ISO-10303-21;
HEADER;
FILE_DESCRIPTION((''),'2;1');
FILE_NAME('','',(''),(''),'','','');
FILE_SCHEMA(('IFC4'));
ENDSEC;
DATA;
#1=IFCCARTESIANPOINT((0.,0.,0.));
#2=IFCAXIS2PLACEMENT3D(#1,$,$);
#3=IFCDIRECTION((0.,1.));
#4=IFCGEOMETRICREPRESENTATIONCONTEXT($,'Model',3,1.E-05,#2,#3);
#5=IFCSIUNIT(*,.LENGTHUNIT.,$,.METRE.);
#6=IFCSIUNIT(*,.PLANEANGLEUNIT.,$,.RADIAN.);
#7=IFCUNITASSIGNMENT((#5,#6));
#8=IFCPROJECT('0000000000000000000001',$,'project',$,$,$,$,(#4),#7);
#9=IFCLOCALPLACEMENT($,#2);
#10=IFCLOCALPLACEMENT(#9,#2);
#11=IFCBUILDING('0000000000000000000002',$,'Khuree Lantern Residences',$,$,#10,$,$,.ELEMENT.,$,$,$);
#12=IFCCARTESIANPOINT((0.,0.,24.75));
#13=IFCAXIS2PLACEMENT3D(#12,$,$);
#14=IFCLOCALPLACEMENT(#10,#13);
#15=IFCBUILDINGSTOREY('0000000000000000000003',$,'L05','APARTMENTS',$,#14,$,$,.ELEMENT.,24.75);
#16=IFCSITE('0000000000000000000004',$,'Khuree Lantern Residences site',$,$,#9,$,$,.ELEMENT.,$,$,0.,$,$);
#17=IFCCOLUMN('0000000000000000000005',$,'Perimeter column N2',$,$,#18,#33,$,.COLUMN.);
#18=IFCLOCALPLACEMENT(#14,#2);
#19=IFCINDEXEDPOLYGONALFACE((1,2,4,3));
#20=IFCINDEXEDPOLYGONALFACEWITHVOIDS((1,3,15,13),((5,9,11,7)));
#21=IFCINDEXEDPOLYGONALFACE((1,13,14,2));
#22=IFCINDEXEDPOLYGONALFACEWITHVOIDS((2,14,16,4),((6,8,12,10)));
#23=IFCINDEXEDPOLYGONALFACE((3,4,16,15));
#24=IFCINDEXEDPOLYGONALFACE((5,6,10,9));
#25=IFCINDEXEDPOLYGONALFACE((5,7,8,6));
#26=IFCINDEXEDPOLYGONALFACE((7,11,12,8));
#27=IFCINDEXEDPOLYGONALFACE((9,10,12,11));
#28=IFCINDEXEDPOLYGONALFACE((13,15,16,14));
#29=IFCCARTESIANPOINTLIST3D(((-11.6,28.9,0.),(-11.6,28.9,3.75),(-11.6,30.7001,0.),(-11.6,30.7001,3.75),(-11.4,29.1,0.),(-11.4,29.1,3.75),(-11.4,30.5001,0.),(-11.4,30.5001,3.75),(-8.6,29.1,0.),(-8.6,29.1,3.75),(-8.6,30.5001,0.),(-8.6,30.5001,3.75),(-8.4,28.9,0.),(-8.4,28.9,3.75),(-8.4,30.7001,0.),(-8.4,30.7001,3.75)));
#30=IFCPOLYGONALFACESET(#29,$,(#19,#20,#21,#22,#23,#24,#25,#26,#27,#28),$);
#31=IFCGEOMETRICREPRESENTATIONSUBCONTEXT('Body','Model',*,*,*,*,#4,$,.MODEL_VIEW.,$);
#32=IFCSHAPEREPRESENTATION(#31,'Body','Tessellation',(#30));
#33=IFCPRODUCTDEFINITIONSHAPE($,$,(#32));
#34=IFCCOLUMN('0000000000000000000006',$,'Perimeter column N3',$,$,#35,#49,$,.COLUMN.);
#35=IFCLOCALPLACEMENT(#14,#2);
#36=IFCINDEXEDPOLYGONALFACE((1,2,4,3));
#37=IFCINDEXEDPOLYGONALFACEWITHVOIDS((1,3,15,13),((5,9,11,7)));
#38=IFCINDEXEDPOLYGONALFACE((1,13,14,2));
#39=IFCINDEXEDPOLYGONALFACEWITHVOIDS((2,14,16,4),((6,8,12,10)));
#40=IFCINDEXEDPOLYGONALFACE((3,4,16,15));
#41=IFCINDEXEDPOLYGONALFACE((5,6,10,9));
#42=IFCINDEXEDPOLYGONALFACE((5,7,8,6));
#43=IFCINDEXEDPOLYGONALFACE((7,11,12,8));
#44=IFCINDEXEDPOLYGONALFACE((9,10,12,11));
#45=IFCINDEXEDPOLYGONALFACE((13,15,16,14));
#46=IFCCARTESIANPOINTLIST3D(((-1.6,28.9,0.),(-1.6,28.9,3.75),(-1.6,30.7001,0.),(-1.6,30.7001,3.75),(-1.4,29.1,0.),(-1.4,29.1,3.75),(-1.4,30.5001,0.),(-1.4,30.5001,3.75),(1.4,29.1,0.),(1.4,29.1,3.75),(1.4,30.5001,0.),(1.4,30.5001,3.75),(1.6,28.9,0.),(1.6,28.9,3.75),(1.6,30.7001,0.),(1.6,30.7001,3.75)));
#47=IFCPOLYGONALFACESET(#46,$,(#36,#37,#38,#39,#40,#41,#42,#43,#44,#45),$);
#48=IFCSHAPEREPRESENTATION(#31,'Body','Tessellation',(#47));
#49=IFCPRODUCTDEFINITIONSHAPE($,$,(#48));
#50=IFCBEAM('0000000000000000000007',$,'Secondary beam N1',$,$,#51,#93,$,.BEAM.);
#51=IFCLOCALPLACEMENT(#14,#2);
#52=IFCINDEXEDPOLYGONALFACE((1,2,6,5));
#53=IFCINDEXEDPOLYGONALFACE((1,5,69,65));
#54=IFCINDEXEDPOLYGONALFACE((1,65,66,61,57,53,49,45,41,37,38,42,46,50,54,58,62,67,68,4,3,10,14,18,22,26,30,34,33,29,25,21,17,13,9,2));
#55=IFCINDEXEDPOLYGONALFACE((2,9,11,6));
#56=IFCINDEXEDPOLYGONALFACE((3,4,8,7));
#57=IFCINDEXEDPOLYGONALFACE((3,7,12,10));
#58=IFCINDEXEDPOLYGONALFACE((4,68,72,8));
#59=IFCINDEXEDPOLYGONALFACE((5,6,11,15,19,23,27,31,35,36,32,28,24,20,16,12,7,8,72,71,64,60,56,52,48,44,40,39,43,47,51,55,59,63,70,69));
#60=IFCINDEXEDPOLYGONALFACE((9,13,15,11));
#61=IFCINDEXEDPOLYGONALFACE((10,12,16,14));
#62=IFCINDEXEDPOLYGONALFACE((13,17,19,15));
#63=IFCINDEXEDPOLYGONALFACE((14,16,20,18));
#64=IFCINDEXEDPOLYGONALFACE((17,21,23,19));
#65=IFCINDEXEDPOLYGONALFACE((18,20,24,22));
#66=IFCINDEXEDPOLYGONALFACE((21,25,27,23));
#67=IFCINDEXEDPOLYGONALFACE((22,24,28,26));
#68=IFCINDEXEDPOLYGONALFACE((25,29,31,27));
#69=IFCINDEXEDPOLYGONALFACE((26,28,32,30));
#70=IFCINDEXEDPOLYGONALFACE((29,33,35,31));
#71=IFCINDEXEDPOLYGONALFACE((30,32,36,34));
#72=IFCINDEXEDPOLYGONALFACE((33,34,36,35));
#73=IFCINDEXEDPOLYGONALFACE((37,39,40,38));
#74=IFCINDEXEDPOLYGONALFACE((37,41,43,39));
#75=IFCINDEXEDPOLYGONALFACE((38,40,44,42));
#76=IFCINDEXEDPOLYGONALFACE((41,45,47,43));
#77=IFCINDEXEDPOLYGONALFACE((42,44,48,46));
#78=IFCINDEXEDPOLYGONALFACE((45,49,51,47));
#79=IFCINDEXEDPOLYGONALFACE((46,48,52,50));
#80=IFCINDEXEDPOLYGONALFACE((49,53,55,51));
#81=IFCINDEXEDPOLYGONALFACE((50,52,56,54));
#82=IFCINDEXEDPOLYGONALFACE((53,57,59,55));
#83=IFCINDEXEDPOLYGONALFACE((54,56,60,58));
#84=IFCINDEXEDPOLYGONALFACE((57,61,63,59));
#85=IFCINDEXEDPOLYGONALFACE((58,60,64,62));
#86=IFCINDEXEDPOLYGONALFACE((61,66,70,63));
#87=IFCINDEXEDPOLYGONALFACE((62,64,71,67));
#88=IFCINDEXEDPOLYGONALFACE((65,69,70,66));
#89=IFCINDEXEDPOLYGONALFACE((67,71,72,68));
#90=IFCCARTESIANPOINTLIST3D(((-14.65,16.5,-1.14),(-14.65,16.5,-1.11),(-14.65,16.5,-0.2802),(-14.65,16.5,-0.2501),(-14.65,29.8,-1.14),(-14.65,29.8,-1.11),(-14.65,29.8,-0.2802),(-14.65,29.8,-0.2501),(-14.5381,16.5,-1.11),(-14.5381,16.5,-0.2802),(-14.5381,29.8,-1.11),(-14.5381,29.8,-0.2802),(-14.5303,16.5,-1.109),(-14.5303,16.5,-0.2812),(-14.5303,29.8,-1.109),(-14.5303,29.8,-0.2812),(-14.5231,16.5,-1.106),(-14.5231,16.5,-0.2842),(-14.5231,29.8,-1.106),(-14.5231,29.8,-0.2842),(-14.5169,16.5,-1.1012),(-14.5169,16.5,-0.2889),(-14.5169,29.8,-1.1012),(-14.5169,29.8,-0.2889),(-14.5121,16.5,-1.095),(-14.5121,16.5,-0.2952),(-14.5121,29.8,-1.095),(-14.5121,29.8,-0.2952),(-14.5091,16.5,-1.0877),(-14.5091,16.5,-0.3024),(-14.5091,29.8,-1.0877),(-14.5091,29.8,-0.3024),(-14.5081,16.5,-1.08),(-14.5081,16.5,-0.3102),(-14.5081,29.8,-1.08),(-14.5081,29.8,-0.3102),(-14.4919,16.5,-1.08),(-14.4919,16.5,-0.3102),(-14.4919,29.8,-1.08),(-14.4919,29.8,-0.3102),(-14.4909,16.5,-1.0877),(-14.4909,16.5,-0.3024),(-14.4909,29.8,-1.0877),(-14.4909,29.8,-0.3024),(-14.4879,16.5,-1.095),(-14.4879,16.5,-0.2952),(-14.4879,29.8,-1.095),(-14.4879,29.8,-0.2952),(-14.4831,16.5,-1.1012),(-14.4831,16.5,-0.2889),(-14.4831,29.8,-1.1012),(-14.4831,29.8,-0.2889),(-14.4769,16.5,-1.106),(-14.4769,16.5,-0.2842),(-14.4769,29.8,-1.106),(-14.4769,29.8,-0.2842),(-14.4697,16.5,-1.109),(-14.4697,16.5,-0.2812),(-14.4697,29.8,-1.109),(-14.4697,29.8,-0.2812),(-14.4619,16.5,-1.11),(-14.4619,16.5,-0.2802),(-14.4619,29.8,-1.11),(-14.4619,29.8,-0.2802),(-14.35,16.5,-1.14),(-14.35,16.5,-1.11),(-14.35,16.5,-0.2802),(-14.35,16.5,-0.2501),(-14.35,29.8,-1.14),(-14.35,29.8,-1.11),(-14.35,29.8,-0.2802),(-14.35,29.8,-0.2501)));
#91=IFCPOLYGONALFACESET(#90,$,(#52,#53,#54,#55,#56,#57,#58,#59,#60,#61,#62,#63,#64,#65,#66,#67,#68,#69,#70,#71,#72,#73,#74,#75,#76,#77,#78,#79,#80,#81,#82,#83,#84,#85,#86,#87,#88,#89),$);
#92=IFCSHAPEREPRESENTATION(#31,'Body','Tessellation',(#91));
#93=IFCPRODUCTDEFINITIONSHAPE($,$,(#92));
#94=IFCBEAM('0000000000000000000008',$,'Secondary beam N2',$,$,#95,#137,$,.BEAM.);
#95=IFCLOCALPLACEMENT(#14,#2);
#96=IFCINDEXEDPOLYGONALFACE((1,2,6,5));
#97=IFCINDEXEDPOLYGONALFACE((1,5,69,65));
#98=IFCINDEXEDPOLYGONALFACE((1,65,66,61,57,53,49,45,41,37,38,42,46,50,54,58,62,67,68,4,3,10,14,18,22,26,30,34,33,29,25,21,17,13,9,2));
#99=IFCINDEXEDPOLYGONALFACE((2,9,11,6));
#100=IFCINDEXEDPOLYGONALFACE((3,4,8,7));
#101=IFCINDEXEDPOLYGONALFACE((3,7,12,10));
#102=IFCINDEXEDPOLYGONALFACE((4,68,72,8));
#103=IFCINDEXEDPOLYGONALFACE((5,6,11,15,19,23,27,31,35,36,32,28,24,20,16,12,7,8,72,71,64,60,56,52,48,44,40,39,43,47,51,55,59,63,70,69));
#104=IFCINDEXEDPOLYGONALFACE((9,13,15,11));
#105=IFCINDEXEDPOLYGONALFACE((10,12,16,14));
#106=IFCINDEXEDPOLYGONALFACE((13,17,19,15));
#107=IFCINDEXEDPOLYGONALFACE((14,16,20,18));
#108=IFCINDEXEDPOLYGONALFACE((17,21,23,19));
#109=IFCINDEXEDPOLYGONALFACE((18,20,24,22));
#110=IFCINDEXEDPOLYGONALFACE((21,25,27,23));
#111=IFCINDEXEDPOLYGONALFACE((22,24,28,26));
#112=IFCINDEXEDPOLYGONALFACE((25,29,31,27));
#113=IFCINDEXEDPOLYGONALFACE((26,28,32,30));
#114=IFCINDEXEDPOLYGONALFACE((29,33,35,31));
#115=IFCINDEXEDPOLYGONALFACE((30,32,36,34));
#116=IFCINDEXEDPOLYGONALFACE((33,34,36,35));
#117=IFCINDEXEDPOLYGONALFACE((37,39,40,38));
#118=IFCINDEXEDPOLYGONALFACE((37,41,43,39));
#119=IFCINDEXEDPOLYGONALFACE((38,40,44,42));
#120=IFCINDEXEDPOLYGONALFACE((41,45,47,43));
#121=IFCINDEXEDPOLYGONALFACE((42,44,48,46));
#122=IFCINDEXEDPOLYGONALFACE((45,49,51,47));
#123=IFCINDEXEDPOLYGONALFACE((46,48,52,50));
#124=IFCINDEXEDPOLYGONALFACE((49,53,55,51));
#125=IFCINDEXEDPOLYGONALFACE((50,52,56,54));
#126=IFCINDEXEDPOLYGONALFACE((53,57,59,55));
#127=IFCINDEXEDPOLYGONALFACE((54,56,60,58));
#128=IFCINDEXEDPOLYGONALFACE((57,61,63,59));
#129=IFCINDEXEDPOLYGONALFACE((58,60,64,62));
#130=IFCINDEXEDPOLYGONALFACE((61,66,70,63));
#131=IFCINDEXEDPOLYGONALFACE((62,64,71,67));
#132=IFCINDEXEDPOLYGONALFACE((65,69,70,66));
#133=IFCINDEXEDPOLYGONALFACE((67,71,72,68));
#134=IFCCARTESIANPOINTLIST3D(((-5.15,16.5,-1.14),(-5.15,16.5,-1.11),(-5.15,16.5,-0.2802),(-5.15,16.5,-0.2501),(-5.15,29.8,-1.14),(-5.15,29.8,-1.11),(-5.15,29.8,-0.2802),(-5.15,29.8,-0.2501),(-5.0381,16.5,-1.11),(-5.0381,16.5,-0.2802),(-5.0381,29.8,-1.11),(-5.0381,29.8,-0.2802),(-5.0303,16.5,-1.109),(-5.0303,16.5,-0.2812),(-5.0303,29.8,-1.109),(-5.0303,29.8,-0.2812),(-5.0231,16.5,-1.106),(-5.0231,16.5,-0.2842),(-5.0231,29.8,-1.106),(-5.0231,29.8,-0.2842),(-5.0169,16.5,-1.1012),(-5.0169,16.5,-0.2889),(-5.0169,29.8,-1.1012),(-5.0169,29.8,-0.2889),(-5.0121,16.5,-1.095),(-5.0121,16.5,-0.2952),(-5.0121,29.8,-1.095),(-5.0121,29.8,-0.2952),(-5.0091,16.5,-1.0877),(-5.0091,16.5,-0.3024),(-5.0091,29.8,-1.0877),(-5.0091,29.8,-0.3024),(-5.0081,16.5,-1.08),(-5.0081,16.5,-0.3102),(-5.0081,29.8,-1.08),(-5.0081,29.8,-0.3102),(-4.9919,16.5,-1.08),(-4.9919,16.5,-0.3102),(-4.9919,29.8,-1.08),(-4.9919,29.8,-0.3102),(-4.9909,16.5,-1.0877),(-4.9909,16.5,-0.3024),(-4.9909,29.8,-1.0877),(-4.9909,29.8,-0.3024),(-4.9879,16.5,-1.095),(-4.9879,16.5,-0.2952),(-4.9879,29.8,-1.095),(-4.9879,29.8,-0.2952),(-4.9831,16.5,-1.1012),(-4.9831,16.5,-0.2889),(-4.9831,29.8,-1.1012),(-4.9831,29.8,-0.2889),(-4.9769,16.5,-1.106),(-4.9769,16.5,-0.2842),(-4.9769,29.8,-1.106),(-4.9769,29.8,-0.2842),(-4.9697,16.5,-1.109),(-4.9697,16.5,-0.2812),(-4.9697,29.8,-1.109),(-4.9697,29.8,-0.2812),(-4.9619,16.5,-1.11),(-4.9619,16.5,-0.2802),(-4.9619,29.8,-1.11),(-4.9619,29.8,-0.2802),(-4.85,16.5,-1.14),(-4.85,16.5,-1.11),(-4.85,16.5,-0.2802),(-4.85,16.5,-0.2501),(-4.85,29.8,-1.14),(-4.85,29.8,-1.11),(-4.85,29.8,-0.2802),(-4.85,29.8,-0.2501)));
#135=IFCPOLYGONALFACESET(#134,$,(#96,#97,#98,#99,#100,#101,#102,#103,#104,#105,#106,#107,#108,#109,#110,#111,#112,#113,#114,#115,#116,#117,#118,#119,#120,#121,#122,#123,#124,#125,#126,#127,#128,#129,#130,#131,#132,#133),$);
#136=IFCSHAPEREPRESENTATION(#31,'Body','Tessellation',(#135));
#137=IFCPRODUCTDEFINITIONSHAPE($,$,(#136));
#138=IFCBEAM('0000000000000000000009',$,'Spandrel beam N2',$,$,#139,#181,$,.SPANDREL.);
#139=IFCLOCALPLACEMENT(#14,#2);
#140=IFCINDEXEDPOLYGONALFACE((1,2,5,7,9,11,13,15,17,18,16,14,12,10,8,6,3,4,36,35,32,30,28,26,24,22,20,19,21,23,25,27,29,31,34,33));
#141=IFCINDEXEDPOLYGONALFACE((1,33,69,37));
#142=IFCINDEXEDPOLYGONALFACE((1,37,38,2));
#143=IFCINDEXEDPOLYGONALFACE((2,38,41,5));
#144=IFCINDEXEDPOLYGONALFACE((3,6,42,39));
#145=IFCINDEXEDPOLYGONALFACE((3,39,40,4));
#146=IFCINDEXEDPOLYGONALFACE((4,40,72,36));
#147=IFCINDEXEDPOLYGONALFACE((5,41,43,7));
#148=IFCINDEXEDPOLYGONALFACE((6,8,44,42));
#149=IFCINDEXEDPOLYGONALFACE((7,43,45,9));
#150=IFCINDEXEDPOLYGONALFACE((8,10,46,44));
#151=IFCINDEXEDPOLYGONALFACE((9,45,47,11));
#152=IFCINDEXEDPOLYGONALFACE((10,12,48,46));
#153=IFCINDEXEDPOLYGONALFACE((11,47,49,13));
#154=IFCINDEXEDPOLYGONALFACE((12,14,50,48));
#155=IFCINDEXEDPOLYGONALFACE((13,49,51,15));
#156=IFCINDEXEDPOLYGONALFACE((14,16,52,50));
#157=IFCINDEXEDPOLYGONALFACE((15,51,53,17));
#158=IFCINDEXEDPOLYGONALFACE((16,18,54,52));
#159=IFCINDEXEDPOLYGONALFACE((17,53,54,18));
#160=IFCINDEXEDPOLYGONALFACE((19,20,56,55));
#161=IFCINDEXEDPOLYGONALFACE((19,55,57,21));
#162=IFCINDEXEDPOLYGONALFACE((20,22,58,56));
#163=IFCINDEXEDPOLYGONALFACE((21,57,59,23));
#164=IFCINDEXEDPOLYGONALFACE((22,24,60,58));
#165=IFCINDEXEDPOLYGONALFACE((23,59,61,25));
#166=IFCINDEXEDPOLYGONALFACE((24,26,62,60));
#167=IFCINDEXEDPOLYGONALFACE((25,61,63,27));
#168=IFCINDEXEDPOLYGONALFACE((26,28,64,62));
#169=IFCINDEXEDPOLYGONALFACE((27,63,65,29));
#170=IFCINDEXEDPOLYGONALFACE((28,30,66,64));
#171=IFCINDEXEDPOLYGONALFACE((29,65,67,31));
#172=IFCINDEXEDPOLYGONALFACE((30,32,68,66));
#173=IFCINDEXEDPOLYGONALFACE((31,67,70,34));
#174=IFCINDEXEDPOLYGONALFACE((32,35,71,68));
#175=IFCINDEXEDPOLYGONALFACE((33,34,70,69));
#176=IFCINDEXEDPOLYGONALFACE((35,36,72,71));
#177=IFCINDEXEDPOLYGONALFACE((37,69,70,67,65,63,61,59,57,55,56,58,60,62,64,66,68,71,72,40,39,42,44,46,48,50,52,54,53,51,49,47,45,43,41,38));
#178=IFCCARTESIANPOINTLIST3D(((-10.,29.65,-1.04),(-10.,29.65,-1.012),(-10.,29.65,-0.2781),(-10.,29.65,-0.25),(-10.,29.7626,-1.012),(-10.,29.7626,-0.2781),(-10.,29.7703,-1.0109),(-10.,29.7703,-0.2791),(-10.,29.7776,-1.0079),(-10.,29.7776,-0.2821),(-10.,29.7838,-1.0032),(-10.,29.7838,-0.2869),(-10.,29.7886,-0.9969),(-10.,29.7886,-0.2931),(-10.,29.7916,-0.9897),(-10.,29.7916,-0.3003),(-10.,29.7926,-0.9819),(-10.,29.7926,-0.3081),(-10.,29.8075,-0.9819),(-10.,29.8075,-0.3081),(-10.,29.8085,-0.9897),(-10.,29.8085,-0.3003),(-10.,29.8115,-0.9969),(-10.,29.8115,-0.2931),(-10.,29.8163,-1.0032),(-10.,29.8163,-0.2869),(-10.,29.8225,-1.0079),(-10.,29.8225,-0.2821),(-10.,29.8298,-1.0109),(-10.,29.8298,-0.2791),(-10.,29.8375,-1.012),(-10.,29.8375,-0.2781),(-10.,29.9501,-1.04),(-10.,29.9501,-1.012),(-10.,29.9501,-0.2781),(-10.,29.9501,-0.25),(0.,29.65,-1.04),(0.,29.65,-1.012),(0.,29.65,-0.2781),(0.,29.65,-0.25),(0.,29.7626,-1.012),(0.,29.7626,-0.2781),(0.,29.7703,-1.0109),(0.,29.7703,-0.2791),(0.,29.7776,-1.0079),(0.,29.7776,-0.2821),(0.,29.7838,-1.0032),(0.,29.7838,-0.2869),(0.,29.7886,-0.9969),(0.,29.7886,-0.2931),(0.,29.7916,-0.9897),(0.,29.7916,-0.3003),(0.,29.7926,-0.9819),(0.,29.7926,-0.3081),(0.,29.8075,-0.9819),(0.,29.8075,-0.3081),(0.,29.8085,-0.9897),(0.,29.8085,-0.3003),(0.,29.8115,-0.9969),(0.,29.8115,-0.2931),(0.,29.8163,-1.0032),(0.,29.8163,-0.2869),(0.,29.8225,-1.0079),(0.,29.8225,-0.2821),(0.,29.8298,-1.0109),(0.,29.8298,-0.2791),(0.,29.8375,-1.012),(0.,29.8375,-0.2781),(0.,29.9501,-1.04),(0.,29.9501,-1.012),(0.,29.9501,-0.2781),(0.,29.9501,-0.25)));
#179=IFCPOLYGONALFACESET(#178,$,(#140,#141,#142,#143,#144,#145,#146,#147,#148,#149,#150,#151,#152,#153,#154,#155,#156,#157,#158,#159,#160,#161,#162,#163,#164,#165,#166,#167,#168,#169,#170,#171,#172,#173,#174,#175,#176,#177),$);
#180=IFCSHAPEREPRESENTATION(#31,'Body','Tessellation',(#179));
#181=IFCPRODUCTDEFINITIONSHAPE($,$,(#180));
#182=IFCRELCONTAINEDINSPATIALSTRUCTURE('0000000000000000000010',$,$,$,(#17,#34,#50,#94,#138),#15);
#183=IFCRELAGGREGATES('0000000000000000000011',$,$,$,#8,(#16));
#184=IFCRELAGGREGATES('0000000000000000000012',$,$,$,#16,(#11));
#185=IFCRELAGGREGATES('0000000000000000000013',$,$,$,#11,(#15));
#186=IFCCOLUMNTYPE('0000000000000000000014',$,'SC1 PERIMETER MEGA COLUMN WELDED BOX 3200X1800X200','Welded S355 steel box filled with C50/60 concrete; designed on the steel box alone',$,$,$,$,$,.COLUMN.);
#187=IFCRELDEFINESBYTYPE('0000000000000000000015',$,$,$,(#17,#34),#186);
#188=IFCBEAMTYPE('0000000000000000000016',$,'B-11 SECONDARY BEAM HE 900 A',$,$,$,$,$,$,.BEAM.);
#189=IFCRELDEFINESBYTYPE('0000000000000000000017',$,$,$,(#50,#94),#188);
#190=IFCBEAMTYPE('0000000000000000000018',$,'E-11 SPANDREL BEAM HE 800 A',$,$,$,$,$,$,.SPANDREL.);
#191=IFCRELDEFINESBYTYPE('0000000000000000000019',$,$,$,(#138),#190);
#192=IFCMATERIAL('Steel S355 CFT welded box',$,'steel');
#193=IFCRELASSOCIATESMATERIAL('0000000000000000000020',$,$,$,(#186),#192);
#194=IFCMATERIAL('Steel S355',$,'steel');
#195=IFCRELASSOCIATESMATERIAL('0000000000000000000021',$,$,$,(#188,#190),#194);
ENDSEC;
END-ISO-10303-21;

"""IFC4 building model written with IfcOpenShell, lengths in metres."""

from ifc_helpers import new_model, si_unit, direction, frame, origin, origin_2d, place, context, subcontext, project, spatial, hollow_rectangle, i_section, extrude, material, material_profile, profile_set, type_object, element, save


model = new_model("IFC4")

# Units and contexts
model_context = context("Model", 3, precision=1e-05, world=origin(), true_north=direction((0.0, 1.0)))
body_context = subcontext(model_context, "Body", "Model", "MODEL_VIEW")
ifc_project = project(units=[si_unit("LENGTHUNIT", "METRE"), si_unit("PLANEANGLEUNIT", "RADIAN")], contexts=[model_context])

# Site, building, storey
site_placement = place(None, origin())
site = spatial("IfcSite", under=ifc_project, at=site_placement, Name="Khuree Lantern Residences site", CompositionType="ELEMENT", RefElevation=0.0)
building_placement = place(site_placement, origin())
building = spatial("IfcBuilding", under=site, at=building_placement, Name="Khuree Lantern Residences", CompositionType="ELEMENT")
storey_placement = place(building_placement, frame((0.0, 0.0, 24.75)))
storey = spatial("IfcBuildingStorey", under=building, at=storey_placement, Name="L05", Description="APARTMENTS", CompositionType="ELEMENT", Elevation=24.75)

# Columns
ifc_material_1 = material(Name="Steel S355 CFT welded box", Category="steel")
ifc_material_profile_1 = material_profile(ifc_material_1, hollow_rectangle(XDim=3.2, YDim=1.8, WallThickness=0.2, at=origin_2d()), Name="WELDED BOX 3200X1800X200")
ifc_profile_set_1 = profile_set([ifc_material_profile_1], Name="Steel S355 CFT welded box")
column_type = type_object("IfcColumnType", Name="SC1 PERIMETER MEGA COLUMN WELDED BOX 3200X1800X200", Description="Welded S355 steel box filled with C50/60 concrete; designed on the steel box alone", PredefinedType="COLUMN", material=ifc_profile_set_1)
for number, where, z_axis, x_axis, name in (
    (1, (-10.0, 29.8, 0.0), (0.0, 0.0, 1.0), (1.0, 0.0, 0.0), "Perimeter column N2"),
    (2, (0.0, 29.8, 0.0), (0.0, 0.0, 1.0), (1.0, 0.0, 0.0), "Perimeter column N3"),
):
    element("IfcColumn", number, at=place(storey_placement, frame(where, z_axis=z_axis, x_axis=x_axis)), inside=storey, type_object=column_type, Name=name, PredefinedType="COLUMN", context=body_context, shape_type="SweptSolid", body=[
        extrude(hollow_rectangle(XDim=3.2, YDim=1.8, WallThickness=0.2, at=origin_2d()), origin(), (0.0, 0.0, 1.0), 3.75),
    ])

# Beams
ifc_material_2 = material(Name="Steel S355", Category="steel")
ifc_material_profile_2 = material_profile(ifc_material_2, i_section(OverallWidth=0.3, OverallDepth=0.8899, WebThickness=0.0161, FlangeThickness=0.03, FilletRadius=0.03, at=origin_2d()), Name="HE 900 A")
ifc_profile_set_2 = profile_set([ifc_material_profile_2], Name="Steel S355")
beam_type_1 = type_object("IfcBeamType", Name="B-11 SECONDARY BEAM HE 900 A", PredefinedType="BEAM", material=ifc_profile_set_2)
for number, where, z_axis, x_axis, name in (
    (3, (-14.5, 29.8, -0.6951), (0.0, -1.0, 0.0), (1.0, 0.0, 0.0), "Secondary beam N1"),
    (4, (-5.0, 29.8, -0.6951), (0.0, -1.0, 0.0), (1.0, 0.0, 0.0), "Secondary beam N2"),
):
    element("IfcBeam", number, at=place(storey_placement, frame(where, z_axis=z_axis, x_axis=x_axis)), inside=storey, type_object=beam_type_1, Name=name, PredefinedType="BEAM", context=body_context, shape_type="SweptSolid", body=[
        extrude(i_section(OverallWidth=0.3, OverallDepth=0.8899, WebThickness=0.0161, FlangeThickness=0.03, FilletRadius=0.03, at=origin_2d()), origin(), (0.0, 0.0, 1.0), 13.3),
    ])
ifc_material_profile_3 = material_profile(ifc_material_2, i_section(OverallWidth=0.3, OverallDepth=0.79, WebThickness=0.0149, FlangeThickness=0.0281, FilletRadius=0.03, at=origin_2d()), Name="HE 800 A")
ifc_profile_set_3 = profile_set([ifc_material_profile_3], Name="Steel S355")
beam_type_2 = type_object("IfcBeamType", Name="E-11 SPANDREL BEAM HE 800 A", PredefinedType="SPANDREL", material=ifc_profile_set_3)
for number, where, z_axis, x_axis, name in (
    (5, (-10.0, 29.8, -0.645), (1.0, 0.0, 0.0), (0.0, 1.0, 0.0), "Spandrel beam N2"),
):
    element("IfcBeam", number, at=place(storey_placement, frame(where, z_axis=z_axis, x_axis=x_axis)), inside=storey, type_object=beam_type_2, Name=name, PredefinedType="SPANDREL", context=body_context, shape_type="SweptSolid", body=[
        extrude(i_section(OverallWidth=0.3, OverallDepth=0.79, WebThickness=0.0149, FlangeThickness=0.0281, FilletRadius=0.03, at=origin_2d()), origin(), (0.0, 0.0, 1.0), 10.0),
    ])

save(model, "model.ifc")
